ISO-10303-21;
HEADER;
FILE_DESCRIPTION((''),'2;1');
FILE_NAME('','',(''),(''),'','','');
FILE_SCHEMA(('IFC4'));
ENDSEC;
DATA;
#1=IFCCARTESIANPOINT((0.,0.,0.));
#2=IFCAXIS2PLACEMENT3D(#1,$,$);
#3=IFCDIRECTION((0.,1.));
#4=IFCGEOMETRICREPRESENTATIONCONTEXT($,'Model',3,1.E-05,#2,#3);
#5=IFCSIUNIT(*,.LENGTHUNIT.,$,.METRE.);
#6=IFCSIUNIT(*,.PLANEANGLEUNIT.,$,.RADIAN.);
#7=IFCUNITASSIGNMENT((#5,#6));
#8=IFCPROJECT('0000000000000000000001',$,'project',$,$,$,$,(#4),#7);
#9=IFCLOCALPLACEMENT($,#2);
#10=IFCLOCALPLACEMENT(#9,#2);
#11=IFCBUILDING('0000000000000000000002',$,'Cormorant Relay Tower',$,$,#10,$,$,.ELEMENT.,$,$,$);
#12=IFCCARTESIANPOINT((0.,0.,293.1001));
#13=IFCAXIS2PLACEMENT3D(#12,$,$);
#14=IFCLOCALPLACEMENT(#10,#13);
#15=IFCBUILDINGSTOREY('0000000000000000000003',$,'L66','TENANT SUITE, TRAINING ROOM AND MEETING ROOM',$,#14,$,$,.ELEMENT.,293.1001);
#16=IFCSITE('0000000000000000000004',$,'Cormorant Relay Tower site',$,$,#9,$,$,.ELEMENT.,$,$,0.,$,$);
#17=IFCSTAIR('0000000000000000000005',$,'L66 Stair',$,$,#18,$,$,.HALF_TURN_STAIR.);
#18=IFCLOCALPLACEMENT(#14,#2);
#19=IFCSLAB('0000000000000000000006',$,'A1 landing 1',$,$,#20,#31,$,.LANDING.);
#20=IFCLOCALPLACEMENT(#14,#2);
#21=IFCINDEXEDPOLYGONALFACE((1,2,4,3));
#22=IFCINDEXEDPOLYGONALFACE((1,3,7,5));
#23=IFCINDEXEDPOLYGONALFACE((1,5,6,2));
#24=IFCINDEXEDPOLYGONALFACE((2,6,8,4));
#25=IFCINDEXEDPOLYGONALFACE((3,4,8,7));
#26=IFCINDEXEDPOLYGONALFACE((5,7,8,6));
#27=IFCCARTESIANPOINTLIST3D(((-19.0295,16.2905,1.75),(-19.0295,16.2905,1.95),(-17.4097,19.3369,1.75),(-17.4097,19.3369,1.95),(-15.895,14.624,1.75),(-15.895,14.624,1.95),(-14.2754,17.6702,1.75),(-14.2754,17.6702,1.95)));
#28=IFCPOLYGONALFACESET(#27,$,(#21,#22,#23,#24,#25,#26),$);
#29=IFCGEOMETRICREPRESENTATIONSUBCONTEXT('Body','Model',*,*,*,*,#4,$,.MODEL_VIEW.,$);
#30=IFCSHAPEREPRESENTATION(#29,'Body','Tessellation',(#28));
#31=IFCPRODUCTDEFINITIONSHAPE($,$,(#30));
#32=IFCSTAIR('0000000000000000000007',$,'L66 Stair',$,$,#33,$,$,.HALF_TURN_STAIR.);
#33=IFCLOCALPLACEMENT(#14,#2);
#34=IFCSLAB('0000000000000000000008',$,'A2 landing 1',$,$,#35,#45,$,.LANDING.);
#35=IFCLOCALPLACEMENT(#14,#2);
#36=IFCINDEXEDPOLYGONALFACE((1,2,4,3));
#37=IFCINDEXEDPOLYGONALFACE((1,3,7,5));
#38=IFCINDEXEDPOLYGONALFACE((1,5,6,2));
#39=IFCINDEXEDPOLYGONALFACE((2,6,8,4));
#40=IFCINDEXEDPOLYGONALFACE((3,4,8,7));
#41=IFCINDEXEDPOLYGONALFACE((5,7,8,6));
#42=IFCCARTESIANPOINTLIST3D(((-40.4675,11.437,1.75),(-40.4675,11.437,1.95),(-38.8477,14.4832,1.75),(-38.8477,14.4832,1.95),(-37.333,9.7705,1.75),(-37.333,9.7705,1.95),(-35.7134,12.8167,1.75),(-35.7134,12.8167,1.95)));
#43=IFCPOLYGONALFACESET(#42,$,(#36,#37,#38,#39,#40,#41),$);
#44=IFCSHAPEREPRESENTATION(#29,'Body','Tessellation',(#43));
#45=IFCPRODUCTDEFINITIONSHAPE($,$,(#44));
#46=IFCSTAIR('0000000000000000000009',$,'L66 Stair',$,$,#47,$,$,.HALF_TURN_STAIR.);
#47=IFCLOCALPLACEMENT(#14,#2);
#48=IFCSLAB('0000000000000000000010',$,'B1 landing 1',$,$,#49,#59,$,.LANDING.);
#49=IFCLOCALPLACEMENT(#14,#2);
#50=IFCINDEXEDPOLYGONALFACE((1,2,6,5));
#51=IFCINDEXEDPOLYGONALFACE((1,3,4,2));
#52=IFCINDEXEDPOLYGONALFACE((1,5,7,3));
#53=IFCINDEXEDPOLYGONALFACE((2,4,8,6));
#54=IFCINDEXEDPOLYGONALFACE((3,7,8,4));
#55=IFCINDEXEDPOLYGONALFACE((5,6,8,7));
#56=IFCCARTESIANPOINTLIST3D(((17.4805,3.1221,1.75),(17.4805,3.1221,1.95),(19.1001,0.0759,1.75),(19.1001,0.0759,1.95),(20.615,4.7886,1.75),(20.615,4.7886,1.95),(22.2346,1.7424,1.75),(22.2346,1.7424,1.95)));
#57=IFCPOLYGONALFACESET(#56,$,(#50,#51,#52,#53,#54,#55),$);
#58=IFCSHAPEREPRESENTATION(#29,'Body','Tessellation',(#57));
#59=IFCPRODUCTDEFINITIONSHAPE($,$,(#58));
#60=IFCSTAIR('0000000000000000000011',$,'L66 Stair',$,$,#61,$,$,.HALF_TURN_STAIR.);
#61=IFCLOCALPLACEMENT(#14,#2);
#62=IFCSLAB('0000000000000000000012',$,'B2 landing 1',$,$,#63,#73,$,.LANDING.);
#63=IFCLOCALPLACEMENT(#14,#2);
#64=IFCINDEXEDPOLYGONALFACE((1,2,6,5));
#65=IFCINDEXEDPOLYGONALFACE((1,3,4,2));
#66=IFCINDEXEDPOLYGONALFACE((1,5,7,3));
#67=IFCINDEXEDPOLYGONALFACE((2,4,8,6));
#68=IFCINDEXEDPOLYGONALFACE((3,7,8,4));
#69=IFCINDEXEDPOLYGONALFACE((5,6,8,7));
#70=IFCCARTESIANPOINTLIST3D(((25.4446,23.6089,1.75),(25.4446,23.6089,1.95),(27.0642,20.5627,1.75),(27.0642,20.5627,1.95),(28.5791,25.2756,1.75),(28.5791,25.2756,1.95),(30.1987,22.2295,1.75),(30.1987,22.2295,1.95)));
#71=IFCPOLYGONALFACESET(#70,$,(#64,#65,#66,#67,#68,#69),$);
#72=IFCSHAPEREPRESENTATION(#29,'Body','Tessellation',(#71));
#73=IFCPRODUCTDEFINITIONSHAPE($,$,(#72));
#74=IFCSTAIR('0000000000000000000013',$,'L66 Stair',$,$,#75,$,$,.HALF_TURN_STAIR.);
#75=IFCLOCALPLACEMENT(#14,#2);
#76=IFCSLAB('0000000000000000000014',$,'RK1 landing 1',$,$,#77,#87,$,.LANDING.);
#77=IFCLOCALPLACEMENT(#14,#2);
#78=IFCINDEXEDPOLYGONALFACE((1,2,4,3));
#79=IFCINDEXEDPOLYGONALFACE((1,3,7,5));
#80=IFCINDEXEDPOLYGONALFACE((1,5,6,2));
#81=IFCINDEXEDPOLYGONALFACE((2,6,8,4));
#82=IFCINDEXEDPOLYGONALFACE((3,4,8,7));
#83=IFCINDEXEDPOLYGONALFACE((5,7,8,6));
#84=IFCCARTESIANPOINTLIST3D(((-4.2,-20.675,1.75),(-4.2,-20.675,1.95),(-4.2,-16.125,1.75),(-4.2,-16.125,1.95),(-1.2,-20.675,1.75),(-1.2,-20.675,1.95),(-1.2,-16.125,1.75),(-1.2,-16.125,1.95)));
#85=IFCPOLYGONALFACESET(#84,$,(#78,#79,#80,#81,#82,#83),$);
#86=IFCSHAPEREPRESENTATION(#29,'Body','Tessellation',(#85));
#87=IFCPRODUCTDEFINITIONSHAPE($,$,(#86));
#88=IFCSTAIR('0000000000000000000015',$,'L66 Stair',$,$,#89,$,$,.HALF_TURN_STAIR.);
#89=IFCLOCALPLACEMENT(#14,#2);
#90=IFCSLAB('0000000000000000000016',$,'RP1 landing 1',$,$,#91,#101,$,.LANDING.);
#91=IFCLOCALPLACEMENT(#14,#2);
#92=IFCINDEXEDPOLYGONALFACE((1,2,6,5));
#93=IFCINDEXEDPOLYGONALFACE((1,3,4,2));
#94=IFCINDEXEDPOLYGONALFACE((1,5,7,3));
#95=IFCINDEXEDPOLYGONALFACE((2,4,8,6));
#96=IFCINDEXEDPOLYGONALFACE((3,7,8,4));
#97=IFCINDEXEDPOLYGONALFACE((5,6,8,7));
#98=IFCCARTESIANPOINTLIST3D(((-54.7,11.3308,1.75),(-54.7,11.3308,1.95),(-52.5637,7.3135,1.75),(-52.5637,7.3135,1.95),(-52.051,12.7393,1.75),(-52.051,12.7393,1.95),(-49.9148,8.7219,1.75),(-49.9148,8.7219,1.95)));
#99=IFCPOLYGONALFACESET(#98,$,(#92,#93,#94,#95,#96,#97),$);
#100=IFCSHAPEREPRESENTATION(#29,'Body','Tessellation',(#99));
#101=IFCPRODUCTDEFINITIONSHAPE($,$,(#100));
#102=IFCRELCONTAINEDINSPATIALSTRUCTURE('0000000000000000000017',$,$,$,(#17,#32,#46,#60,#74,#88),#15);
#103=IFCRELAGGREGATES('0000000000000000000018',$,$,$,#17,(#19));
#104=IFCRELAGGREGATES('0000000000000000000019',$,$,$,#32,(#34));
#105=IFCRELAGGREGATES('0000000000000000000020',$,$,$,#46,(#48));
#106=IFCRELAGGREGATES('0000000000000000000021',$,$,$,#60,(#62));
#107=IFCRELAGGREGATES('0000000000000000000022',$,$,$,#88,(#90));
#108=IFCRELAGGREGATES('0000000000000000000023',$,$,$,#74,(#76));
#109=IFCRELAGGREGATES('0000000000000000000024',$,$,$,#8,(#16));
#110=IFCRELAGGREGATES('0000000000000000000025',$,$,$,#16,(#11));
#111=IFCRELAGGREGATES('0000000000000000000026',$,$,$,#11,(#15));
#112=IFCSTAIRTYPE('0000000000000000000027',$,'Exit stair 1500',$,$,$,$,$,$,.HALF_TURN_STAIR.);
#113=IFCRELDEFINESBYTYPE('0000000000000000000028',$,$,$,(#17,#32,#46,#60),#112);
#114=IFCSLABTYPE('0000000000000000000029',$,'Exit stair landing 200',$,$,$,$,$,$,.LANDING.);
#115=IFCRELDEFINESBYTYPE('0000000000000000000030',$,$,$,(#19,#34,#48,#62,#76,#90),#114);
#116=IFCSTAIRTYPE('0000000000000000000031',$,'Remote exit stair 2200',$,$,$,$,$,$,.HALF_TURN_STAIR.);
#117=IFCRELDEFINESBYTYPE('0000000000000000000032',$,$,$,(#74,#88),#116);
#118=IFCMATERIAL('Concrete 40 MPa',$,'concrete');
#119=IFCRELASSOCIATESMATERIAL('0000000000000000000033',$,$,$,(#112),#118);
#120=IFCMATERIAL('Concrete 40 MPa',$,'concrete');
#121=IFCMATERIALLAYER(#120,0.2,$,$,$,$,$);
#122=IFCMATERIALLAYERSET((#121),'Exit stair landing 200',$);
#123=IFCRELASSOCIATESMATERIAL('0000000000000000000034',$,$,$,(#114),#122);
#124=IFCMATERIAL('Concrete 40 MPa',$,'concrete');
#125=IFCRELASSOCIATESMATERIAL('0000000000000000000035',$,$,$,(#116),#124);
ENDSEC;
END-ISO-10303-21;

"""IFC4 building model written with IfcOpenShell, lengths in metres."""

from ifc_helpers import new_model, si_unit, direction, frame, origin, place, context, subcontext, project, spatial, polyline, outline, extrude, material, layer, layer_set, type_object, element, aggregate, save


model = new_model("IFC4")

# Units and contexts
model_context = context("Model", 3, precision=1e-05, world=origin(), true_north=direction((0.0, 1.0)))
body_context = subcontext(model_context, "Body", "Model", "MODEL_VIEW")
ifc_project = project(units=[si_unit("LENGTHUNIT", "METRE"), si_unit("PLANEANGLEUNIT", "RADIAN")], contexts=[model_context])

# Site, building, storey
site_placement = place(None, origin())
site = spatial("IfcSite", under=ifc_project, at=site_placement, Name="Cormorant Relay Tower site", CompositionType="ELEMENT", RefElevation=0.0)
building_placement = place(site_placement, origin())
building = spatial("IfcBuilding", under=site, at=building_placement, Name="Cormorant Relay Tower", CompositionType="ELEMENT")
storey_placement = place(building_placement, frame((0.0, 0.0, 293.1001)))
storey = spatial("IfcBuildingStorey", under=building, at=storey_placement, Name="L66", Description="TENANT SUITE, TRAINING ROOM AND MEETING ROOM", CompositionType="ELEMENT", Elevation=293.1001)

# Stairs, slabs
ifc_material_1 = material(Name="Concrete 40 MPa", Category="concrete")
stair_type_1 = type_object("IfcStairType", Name="Exit stair 1500", PredefinedType="HALF_TURN_STAIR", material=ifc_material_1)
stair_1_placement = place(storey_placement, origin())
stair_1 = element("IfcStair", 1, at=stair_1_placement, inside=storey, type_object=stair_type_1, Name="L66 Stair", PredefinedType="HALF_TURN_STAIR")
ifc_material_2 = material(Name="Concrete 40 MPa", Category="concrete")
ifc_layer_1 = layer(ifc_material_2, 0.2)
ifc_layer_set_1 = layer_set([ifc_layer_1], Name="Exit stair landing 200")
slab_type_1 = type_object("IfcSlabType", Name="Exit stair landing 200", PredefinedType="LANDING", material=ifc_layer_set_1)
slab_1_placement = place(storey_placement, frame((0.0, 0.0, 1.75)))
slab_1 = element("IfcSlab", 2, at=slab_1_placement, type_object=slab_type_1, Name="A1 landing 1", PredefinedType="LANDING", context=body_context, shape_type="SweptSolid", body=[
    extrude(outline(polyline([(-19.0295, 16.2905), (-15.895, 14.624), (-14.2754, 17.6702), (-17.4097, 19.3369), (-19.0295, 16.2905)])), origin(), (0.0, 0.0, 1.0), 0.2),
])
aggregate(stair_1, [slab_1])
stair_2_placement = place(storey_placement, origin())
stair_2 = element("IfcStair", 3, at=stair_2_placement, inside=storey, type_object=stair_type_1, Name="L66 Stair", PredefinedType="HALF_TURN_STAIR")
slab_2_placement = place(storey_placement, frame((0.0, 0.0, 1.75)))
slab_2 = element("IfcSlab", 4, at=slab_2_placement, type_object=slab_type_1, Name="A2 landing 1", PredefinedType="LANDING", context=body_context, shape_type="SweptSolid", body=[
    extrude(outline(polyline([(-35.7134, 12.8167), (-38.8477, 14.4832), (-40.4675, 11.437), (-37.333, 9.7705), (-35.7134, 12.8167)])), origin(), (0.0, 0.0, 1.0), 0.2),
])
aggregate(stair_2, [slab_2])
stair_3_placement = place(storey_placement, origin())
stair_3 = element("IfcStair", 5, at=stair_3_placement, inside=storey, type_object=stair_type_1, Name="L66 Stair", PredefinedType="HALF_TURN_STAIR")
slab_3_placement = place(storey_placement, frame((0.0, 0.0, 1.75)))
slab_3 = element("IfcSlab", 6, at=slab_3_placement, type_object=slab_type_1, Name="B1 landing 1", PredefinedType="LANDING", context=body_context, shape_type="SweptSolid", body=[
    extrude(outline(polyline([(20.615, 4.7886), (17.4805, 3.1221), (19.1001, 0.0759), (22.2346, 1.7424), (20.615, 4.7886)])), origin(), (0.0, 0.0, 1.0), 0.2),
])
aggregate(stair_3, [slab_3])
stair_4_placement = place(storey_placement, origin())
stair_4 = element("IfcStair", 7, at=stair_4_placement, inside=storey, type_object=stair_type_1, Name="L66 Stair", PredefinedType="HALF_TURN_STAIR")
slab_4_placement = place(storey_placement, frame((0.0, 0.0, 1.75)))
slab_4 = element("IfcSlab", 8, at=slab_4_placement, type_object=slab_type_1, Name="B2 landing 1", PredefinedType="LANDING", context=body_context, shape_type="SweptSolid", body=[
    extrude(outline(polyline([(27.0642, 20.5627), (30.1987, 22.2295), (28.5791, 25.2756), (25.4446, 23.6089), (27.0642, 20.5627)])), origin(), (0.0, 0.0, 1.0), 0.2),
])
aggregate(stair_4, [slab_4])
ifc_material_3 = material(Name="Concrete 40 MPa", Category="concrete")
stair_type_2 = type_object("IfcStairType", Name="Remote exit stair 2200", PredefinedType="HALF_TURN_STAIR", material=ifc_material_3)
stair_5_placement = place(storey_placement, origin())
stair_5 = element("IfcStair", 9, at=stair_5_placement, inside=storey, type_object=stair_type_2, Name="L66 Stair", PredefinedType="HALF_TURN_STAIR")
slab_5_placement = place(storey_placement, frame((0.0, 0.0, 1.75)))
slab_5 = element("IfcSlab", 10, at=slab_5_placement, type_object=slab_type_1, Name="RK1 landing 1", PredefinedType="LANDING", context=body_context, shape_type="SweptSolid", body=[
    extrude(outline(polyline([(-1.2, -16.125), (-4.2, -16.125), (-4.2, -20.675), (-1.2, -20.675), (-1.2, -16.125)])), origin(), (0.0, 0.0, 1.0), 0.2),
])
stair_6_placement = place(storey_placement, origin())
stair_6 = element("IfcStair", 11, at=stair_6_placement, inside=storey, type_object=stair_type_2, Name="L66 Stair", PredefinedType="HALF_TURN_STAIR")
slab_6_placement = place(storey_placement, frame((0.0, 0.0, 1.75)))
slab_6 = element("IfcSlab", 12, at=slab_6_placement, type_object=slab_type_1, Name="RP1 landing 1", PredefinedType="LANDING", context=body_context, shape_type="SweptSolid", body=[
    extrude(outline(polyline([(-52.051, 12.7393), (-54.7, 11.3308), (-52.5637, 7.3135), (-49.9148, 8.7219), (-52.051, 12.7393)])), origin(), (0.0, 0.0, 1.0), 0.2),
])
aggregate(stair_6, [slab_6])

aggregate(stair_5, [slab_5])

save(model, "model.ifc")
